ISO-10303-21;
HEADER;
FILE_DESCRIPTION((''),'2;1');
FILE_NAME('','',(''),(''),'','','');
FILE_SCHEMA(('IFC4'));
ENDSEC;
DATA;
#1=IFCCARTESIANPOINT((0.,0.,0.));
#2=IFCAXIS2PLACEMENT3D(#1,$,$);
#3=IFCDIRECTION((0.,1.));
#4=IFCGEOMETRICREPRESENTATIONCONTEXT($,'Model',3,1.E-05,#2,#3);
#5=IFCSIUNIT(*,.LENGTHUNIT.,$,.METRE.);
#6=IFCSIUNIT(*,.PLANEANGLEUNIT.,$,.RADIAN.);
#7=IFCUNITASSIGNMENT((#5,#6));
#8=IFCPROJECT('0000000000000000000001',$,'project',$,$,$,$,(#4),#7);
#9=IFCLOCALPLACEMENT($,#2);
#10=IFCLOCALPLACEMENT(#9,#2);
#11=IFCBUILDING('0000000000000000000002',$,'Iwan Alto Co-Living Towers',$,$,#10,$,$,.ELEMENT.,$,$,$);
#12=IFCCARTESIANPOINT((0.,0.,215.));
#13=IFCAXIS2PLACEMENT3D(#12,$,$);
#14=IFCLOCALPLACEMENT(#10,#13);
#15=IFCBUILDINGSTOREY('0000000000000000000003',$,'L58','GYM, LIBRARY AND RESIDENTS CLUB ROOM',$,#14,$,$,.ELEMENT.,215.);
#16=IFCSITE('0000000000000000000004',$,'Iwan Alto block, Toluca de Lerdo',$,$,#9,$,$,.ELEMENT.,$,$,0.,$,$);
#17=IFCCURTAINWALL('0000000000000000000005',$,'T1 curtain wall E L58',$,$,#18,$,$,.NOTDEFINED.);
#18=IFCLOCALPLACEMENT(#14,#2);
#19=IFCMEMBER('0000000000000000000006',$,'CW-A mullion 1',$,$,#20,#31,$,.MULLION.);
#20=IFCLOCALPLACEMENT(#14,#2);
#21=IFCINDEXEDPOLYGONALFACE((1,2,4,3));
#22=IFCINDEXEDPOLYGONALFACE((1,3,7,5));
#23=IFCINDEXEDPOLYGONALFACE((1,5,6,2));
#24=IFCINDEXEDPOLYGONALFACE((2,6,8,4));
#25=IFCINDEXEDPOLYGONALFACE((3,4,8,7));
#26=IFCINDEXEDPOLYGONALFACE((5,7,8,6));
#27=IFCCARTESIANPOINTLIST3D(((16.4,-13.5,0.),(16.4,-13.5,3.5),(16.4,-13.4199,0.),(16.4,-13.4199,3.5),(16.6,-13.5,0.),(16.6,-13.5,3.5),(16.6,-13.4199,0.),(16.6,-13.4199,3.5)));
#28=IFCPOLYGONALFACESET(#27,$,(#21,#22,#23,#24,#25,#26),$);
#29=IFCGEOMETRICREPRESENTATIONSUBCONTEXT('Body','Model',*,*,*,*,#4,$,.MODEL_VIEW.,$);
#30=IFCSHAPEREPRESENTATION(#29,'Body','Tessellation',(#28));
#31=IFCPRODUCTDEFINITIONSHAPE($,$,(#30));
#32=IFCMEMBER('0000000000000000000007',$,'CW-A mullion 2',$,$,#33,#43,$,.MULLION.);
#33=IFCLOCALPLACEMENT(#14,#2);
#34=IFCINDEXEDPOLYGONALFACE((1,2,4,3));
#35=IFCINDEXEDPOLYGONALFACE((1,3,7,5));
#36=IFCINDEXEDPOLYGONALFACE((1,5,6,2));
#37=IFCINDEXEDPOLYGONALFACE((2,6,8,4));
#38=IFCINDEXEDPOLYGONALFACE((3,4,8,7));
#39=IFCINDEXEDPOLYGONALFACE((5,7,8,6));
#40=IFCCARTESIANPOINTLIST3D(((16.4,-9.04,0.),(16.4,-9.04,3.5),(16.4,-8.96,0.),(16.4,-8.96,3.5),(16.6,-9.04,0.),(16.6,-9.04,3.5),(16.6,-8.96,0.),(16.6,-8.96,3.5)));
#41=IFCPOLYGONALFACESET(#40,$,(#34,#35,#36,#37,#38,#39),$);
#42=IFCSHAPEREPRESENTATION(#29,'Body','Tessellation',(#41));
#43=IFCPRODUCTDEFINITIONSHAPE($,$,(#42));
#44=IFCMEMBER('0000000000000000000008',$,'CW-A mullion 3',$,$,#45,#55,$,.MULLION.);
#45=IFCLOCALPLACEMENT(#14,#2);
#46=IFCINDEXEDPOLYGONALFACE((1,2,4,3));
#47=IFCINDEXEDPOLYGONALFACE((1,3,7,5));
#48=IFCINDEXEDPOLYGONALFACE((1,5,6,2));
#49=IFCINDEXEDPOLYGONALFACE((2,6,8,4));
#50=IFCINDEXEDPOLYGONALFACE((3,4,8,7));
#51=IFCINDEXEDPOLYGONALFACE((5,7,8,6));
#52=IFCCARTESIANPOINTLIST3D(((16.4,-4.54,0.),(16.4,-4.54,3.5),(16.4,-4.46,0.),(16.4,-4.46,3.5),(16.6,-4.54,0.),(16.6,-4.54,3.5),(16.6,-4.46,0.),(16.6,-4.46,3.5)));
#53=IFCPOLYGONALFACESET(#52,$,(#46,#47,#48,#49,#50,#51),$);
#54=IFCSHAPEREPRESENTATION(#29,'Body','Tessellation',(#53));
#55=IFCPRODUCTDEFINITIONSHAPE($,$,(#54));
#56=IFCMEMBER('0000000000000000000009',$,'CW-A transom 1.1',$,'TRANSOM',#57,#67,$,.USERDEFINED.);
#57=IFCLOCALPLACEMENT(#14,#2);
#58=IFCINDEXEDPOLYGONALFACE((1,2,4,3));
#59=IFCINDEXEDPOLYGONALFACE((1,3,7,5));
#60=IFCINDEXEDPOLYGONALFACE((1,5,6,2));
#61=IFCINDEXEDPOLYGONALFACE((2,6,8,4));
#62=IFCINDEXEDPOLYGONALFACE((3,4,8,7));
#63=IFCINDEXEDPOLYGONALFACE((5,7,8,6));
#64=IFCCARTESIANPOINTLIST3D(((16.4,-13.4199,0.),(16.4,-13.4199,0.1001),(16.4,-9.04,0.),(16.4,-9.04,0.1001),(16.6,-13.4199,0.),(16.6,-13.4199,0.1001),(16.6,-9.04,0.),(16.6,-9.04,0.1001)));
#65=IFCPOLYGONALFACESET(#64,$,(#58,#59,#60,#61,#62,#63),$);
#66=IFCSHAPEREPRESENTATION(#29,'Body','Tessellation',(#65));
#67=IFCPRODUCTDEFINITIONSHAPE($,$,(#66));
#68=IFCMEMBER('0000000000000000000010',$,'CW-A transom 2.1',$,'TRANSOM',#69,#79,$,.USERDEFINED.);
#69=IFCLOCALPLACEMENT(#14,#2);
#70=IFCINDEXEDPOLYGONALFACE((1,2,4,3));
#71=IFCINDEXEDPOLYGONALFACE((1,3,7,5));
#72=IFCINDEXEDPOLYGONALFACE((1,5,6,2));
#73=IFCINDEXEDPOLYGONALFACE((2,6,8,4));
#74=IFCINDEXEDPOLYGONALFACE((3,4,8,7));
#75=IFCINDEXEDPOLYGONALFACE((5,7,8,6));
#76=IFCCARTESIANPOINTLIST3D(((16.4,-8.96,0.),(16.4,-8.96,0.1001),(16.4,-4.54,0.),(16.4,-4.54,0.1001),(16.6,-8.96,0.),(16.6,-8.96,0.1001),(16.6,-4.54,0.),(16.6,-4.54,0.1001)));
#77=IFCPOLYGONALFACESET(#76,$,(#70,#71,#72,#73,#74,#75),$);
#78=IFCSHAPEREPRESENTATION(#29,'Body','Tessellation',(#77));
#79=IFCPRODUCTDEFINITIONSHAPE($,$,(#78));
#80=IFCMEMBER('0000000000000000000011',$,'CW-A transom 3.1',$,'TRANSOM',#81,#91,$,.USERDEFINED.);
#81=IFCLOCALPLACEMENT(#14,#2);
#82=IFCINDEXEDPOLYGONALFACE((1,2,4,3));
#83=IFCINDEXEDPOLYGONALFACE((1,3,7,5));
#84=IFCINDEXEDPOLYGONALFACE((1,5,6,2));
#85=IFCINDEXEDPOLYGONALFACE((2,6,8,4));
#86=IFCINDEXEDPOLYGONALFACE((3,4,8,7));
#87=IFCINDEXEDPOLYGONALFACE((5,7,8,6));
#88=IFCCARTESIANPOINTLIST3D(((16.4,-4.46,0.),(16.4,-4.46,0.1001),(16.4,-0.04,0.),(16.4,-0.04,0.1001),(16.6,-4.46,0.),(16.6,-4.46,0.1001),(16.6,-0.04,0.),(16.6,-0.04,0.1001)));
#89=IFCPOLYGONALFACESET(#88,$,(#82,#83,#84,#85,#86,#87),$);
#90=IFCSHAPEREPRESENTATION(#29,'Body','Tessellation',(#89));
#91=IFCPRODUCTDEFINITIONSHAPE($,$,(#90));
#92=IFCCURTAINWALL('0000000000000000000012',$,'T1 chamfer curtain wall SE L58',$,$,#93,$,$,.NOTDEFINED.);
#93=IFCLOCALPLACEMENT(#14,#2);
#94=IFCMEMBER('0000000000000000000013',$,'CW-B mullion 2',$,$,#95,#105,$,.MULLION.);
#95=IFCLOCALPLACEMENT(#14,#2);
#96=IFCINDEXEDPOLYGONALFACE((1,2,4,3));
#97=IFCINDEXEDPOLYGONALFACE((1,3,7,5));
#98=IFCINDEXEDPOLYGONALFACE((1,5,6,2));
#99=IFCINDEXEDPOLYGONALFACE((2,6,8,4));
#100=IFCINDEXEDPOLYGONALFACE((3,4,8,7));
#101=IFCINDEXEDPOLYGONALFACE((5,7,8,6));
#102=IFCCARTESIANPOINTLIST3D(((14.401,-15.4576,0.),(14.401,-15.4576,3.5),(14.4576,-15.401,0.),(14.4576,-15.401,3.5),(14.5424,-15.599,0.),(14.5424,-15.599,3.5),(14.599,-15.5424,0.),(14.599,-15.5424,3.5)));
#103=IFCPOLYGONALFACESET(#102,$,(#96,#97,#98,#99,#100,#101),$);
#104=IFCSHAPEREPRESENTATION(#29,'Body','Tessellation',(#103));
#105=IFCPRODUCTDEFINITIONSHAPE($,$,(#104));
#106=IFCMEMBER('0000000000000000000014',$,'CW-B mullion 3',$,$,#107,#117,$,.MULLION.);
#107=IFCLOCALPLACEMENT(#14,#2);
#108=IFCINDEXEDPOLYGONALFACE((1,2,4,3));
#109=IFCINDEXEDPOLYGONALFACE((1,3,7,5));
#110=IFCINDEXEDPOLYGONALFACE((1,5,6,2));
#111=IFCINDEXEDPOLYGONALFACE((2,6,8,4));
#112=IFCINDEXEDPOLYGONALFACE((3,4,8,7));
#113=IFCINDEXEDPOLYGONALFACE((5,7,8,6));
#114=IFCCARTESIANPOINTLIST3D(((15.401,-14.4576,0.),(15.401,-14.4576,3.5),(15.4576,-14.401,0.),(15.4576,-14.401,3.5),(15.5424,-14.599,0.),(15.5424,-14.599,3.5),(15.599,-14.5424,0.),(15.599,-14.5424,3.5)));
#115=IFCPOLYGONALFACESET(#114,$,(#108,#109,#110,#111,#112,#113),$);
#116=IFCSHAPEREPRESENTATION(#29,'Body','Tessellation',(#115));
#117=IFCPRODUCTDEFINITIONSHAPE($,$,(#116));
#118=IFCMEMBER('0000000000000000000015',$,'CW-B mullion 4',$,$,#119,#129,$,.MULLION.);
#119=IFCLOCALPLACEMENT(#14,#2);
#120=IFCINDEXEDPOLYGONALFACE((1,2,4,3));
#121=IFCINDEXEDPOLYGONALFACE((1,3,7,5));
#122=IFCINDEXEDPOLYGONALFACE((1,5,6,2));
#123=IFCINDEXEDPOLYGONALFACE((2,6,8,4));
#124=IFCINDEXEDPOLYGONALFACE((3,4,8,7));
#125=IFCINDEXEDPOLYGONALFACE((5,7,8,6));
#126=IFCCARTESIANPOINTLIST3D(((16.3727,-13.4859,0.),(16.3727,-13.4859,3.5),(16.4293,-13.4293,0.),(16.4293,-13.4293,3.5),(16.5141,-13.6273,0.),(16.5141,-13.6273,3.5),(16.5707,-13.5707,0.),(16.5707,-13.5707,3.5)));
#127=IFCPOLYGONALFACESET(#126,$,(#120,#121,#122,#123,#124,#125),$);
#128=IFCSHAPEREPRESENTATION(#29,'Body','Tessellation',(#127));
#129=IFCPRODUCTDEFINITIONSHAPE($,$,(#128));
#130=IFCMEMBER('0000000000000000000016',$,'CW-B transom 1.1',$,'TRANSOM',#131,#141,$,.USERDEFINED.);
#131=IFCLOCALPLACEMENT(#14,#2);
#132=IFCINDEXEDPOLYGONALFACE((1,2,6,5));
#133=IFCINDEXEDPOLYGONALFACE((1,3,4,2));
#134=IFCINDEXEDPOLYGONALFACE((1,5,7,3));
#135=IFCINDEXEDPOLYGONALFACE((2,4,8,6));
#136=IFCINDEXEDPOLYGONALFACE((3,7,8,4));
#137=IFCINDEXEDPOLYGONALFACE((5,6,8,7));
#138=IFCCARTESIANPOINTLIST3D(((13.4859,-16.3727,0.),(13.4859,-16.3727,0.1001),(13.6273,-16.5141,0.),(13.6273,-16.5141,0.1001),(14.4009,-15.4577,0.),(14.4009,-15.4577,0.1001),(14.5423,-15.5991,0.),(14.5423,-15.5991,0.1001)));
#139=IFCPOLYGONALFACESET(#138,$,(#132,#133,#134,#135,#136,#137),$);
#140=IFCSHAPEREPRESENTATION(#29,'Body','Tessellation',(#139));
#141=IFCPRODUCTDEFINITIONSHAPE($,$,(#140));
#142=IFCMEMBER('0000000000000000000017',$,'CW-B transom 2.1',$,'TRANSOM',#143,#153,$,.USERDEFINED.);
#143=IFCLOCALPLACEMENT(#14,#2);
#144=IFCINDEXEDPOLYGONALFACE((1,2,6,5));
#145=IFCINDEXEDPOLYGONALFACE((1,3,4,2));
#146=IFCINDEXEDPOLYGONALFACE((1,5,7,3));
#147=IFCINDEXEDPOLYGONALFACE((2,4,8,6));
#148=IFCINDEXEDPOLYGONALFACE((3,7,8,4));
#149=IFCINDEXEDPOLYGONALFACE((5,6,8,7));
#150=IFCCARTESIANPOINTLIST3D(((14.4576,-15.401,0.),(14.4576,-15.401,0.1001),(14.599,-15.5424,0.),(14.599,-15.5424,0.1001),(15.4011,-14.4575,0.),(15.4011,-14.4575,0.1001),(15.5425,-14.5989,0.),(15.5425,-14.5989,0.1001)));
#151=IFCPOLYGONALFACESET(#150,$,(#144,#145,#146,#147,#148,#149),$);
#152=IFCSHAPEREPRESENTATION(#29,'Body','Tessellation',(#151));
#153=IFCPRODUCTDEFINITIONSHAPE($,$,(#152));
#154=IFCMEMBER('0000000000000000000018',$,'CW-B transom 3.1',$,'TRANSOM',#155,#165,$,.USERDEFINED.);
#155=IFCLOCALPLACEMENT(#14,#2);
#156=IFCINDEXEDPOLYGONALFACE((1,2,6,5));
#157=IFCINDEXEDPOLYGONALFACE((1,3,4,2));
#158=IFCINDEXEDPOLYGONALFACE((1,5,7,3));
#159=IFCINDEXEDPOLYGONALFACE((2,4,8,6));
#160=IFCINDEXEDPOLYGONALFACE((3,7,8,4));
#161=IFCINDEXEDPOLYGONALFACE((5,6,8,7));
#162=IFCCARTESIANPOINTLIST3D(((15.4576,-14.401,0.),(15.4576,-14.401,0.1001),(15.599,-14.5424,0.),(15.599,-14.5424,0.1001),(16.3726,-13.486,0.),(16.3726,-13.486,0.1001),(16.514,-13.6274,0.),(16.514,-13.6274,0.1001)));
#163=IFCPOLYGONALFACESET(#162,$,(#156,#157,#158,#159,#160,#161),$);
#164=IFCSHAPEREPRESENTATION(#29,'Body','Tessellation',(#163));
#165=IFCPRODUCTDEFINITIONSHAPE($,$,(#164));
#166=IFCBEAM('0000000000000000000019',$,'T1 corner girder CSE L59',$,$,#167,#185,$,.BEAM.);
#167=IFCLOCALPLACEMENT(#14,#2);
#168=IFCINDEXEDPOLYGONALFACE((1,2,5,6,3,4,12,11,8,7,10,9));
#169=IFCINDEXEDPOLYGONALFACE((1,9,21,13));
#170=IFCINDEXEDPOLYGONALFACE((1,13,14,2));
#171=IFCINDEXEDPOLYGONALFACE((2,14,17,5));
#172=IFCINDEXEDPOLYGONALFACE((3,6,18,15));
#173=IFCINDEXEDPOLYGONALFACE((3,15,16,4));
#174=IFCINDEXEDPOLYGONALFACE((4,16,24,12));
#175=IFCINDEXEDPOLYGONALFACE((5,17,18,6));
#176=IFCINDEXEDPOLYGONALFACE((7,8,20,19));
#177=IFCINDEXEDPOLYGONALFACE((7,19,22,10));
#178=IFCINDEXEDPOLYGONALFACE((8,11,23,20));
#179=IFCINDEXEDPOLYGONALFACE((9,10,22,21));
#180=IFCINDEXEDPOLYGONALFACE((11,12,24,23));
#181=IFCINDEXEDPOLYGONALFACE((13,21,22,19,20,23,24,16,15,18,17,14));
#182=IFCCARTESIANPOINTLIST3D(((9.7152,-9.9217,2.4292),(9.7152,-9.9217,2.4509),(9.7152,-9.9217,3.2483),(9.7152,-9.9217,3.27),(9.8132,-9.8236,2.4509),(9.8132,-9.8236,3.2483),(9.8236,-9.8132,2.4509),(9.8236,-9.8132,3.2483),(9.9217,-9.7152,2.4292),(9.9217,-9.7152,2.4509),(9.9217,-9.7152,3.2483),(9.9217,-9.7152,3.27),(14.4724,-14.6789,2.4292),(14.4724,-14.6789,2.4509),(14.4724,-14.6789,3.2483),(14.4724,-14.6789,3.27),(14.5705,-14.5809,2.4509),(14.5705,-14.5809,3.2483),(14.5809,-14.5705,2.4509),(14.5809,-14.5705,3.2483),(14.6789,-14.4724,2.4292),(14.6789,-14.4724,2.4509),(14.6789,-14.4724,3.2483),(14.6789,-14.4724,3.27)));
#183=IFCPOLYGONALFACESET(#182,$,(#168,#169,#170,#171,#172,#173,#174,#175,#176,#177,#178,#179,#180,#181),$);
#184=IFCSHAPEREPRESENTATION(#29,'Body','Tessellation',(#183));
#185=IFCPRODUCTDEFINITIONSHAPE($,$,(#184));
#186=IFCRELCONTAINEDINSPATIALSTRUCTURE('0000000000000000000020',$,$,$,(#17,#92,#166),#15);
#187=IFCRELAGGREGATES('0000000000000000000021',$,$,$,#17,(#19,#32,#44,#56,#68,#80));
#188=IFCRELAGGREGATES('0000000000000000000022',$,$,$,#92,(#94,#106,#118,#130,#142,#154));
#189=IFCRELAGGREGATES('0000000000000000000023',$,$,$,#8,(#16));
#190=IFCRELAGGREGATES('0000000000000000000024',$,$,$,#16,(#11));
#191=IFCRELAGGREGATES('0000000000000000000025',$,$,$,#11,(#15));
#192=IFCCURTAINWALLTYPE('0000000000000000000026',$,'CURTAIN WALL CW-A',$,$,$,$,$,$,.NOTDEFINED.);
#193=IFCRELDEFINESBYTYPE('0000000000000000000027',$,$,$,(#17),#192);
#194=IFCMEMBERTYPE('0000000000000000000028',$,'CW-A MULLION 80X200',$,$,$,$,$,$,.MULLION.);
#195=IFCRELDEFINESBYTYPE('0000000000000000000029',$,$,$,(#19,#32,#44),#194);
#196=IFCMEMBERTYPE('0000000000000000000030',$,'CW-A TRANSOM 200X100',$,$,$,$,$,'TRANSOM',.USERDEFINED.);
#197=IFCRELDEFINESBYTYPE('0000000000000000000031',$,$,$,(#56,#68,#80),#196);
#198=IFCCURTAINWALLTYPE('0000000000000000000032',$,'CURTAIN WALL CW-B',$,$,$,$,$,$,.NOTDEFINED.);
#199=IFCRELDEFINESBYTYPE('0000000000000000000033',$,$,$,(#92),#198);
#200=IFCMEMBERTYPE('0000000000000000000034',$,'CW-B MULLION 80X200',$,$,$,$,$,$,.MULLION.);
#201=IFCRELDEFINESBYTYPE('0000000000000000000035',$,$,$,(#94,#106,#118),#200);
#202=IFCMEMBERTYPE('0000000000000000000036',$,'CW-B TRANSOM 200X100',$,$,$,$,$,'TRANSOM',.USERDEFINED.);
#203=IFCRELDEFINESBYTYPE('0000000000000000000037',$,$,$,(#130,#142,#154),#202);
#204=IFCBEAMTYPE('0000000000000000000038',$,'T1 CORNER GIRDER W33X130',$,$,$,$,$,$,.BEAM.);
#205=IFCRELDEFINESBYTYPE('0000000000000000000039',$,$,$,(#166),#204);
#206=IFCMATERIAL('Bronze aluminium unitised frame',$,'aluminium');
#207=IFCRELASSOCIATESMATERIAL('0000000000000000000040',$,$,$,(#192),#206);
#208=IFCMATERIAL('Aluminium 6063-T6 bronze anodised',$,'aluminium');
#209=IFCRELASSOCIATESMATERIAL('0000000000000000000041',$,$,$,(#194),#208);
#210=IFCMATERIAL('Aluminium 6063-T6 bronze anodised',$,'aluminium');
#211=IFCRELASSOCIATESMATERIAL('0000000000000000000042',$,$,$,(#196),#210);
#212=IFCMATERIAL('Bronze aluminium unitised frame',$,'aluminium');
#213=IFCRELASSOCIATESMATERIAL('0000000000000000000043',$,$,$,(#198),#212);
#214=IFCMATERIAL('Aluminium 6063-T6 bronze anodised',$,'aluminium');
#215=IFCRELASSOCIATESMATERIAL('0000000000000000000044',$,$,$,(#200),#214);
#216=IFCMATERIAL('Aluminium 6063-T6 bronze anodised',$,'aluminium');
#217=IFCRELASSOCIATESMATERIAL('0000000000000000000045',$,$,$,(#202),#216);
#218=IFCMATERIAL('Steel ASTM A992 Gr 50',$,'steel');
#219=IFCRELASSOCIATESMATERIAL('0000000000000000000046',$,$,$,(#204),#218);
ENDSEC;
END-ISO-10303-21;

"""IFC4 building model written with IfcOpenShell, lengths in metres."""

from ifc_helpers import new_model, si_unit, direction, frame, origin, origin_2d, place, context, subcontext, project, spatial, rectangle, i_section, extrude, material, material_profile, profile_set, type_object, element, aggregate, save


model = new_model("IFC4")

# Units and contexts
model_context = context("Model", 3, precision=1e-05, world=origin(), true_north=direction((0.0, 1.0)))
body_context = subcontext(model_context, "Body", "Model", "MODEL_VIEW")
ifc_project = project(units=[si_unit("LENGTHUNIT", "METRE"), si_unit("PLANEANGLEUNIT", "RADIAN")], contexts=[model_context])

# Site, building, storey
site_placement = place(None, origin())
site = spatial("IfcSite", under=ifc_project, at=site_placement, Name="Iwan Alto block, Toluca de Lerdo", CompositionType="ELEMENT", RefElevation=0.0)
building_placement = place(site_placement, origin())
building = spatial("IfcBuilding", under=site, at=building_placement, Name="Iwan Alto Co-Living Towers", CompositionType="ELEMENT")
storey_placement = place(building_placement, frame((0.0, 0.0, 215.0)))
storey = spatial("IfcBuildingStorey", under=building, at=storey_placement, Name="L58", Description="GYM, LIBRARY AND RESIDENTS CLUB ROOM", CompositionType="ELEMENT", Elevation=215.0)

# Curtain walls, members
ifc_material_1 = material(Name="Bronze aluminium unitised frame", Category="aluminium")
curtain_wall_type_1 = type_object("IfcCurtainWallType", Name="CURTAIN WALL CW-A", PredefinedType="NOTDEFINED", material=ifc_material_1)
curtain_wall_1_placement = place(storey_placement, origin())
curtain_wall_1 = element("IfcCurtainWall", 1, at=curtain_wall_1_placement, inside=storey, type_object=curtain_wall_type_1, Name="T1 curtain wall E L58", PredefinedType="NOTDEFINED")
ifc_material_2 = material(Name="Aluminium 6063-T6 bronze anodised", Category="aluminium")
ifc_material_profile_1 = material_profile(ifc_material_2, rectangle(XDim=0.2, YDim=0.0801, at=origin_2d()), Name="AL 80X200")
ifc_profile_set_1 = profile_set([ifc_material_profile_1], Name="Aluminium 6063-T6 bronze anodised")
member_type_1 = type_object("IfcMemberType", Name="CW-A MULLION 80X200", PredefinedType="MULLION", material=ifc_profile_set_1)
member_1_placement = place(storey_placement, frame((16.5, -13.46, 0.0), z_axis=(0.0, 0.0, 1.0), x_axis=(-1.0, 0.0, 0.0)))
member_1 = element("IfcMember", 2, at=member_1_placement, type_object=member_type_1, Name="CW-A mullion 1", PredefinedType="MULLION", context=body_context, shape_type="SweptSolid", body=[
    extrude(rectangle(XDim=0.2, YDim=0.0801, at=origin_2d()), origin(), (0.0, 0.0, 1.0), 3.5),
])
member_2_placement = place(storey_placement, frame((16.5, -9.0, 0.0), z_axis=(0.0, 0.0, 1.0), x_axis=(-1.0, 0.0, 0.0)))
member_2 = element("IfcMember", 3, at=member_2_placement, type_object=member_type_1, Name="CW-A mullion 2", PredefinedType="MULLION", context=body_context, shape_type="SweptSolid", body=[
    extrude(rectangle(XDim=0.2, YDim=0.0801, at=origin_2d()), origin(), (0.0, 0.0, 1.0), 3.5),
])
member_3_placement = place(storey_placement, frame((16.5, -4.5, 0.0), z_axis=(0.0, 0.0, 1.0), x_axis=(-1.0, 0.0, 0.0)))
member_3 = element("IfcMember", 4, at=member_3_placement, type_object=member_type_1, Name="CW-A mullion 3", PredefinedType="MULLION", context=body_context, shape_type="SweptSolid", body=[
    extrude(rectangle(XDim=0.2, YDim=0.0801, at=origin_2d()), origin(), (0.0, 0.0, 1.0), 3.5),
])
ifc_material_3 = material(Name="Aluminium 6063-T6 bronze anodised", Category="aluminium")
ifc_material_profile_2 = material_profile(ifc_material_3, rectangle(XDim=0.2, YDim=0.1001, at=origin_2d()), Name="AL 200X100")
ifc_profile_set_2 = profile_set([ifc_material_profile_2], Name="Aluminium 6063-T6 bronze anodised")
member_type_2 = type_object("IfcMemberType", Name="CW-A TRANSOM 200X100", ElementType="TRANSOM", PredefinedType="USERDEFINED", material=ifc_profile_set_2)
member_4_placement = place(storey_placement, frame((16.5, -13.4199, 0.05), z_axis=(0.0, 1.0, 0.0), x_axis=(-1.0, 0.0, 0.0)))
member_4 = element("IfcMember", 5, at=member_4_placement, type_object=member_type_2, Name="CW-A transom 1.1", ObjectType="TRANSOM", PredefinedType="USERDEFINED", context=body_context, shape_type="SweptSolid", body=[
    extrude(rectangle(XDim=0.2, YDim=0.1001, at=origin_2d()), origin(), (0.0, 0.0, 1.0), 4.3799),
])
member_5_placement = place(storey_placement, frame((16.5, -8.96, 0.05), z_axis=(0.0, 1.0, 0.0), x_axis=(-1.0, 0.0, 0.0)))
member_5 = element("IfcMember", 6, at=member_5_placement, type_object=member_type_2, Name="CW-A transom 2.1", ObjectType="TRANSOM", PredefinedType="USERDEFINED", context=body_context, shape_type="SweptSolid", body=[
    extrude(rectangle(XDim=0.2, YDim=0.1001, at=origin_2d()), origin(), (0.0, 0.0, 1.0), 4.4199),
])
member_6_placement = place(storey_placement, frame((16.5, -4.46, 0.05), z_axis=(0.0, 1.0, 0.0), x_axis=(-1.0, 0.0, 0.0)))
member_6 = element("IfcMember", 7, at=member_6_placement, type_object=member_type_2, Name="CW-A transom 3.1", ObjectType="TRANSOM", PredefinedType="USERDEFINED", context=body_context, shape_type="SweptSolid", body=[
    extrude(rectangle(XDim=0.2, YDim=0.1001, at=origin_2d()), origin(), (0.0, 0.0, 1.0), 4.4199),
])
ifc_material_4 = material(Name="Bronze aluminium unitised frame", Category="aluminium")
curtain_wall_type_2 = type_object("IfcCurtainWallType", Name="CURTAIN WALL CW-B", PredefinedType="NOTDEFINED", material=ifc_material_4)
curtain_wall_2_placement = place(storey_placement, origin())
curtain_wall_2 = element("IfcCurtainWall", 8, at=curtain_wall_2_placement, inside=storey, type_object=curtain_wall_type_2, Name="T1 chamfer curtain wall SE L58", PredefinedType="NOTDEFINED")
ifc_material_5 = material(Name="Aluminium 6063-T6 bronze anodised", Category="aluminium")
ifc_material_profile_3 = material_profile(ifc_material_5, rectangle(XDim=0.2, YDim=0.0801, at=origin_2d()), Name="AL 80X200")
ifc_profile_set_3 = profile_set([ifc_material_profile_3], Name="Aluminium 6063-T6 bronze anodised")
member_type_3 = type_object("IfcMemberType", Name="CW-B MULLION 80X200", PredefinedType="MULLION", material=ifc_profile_set_3)
member_7_placement = place(storey_placement, frame((14.5, -15.5, 0.0), z_axis=(0.0, 0.0, 1.0), x_axis=(-0.707107, 0.707107, 0.0)))
member_7 = element("IfcMember", 9, at=member_7_placement, type_object=member_type_3, Name="CW-B mullion 2", PredefinedType="MULLION", context=body_context, shape_type="SweptSolid", body=[
    extrude(rectangle(XDim=0.2, YDim=0.0801, at=origin_2d()), origin(), (0.0, 0.0, 1.0), 3.5),
])
member_8_placement = place(storey_placement, frame((15.5, -14.5, 0.0), z_axis=(0.0, 0.0, 1.0), x_axis=(-0.707107, 0.707107, 0.0)))
member_8 = element("IfcMember", 10, at=member_8_placement, type_object=member_type_3, Name="CW-B mullion 3", PredefinedType="MULLION", context=body_context, shape_type="SweptSolid", body=[
    extrude(rectangle(XDim=0.2, YDim=0.0801, at=origin_2d()), origin(), (0.0, 0.0, 1.0), 3.5),
])
member_9_placement = place(storey_placement, frame((16.4717, -13.5283, 0.0), z_axis=(0.0, 0.0, 1.0), x_axis=(-0.707107, 0.707107, 0.0)))
member_9 = element("IfcMember", 11, at=member_9_placement, type_object=member_type_3, Name="CW-B mullion 4", PredefinedType="MULLION", context=body_context, shape_type="SweptSolid", body=[
    extrude(rectangle(XDim=0.2, YDim=0.0801, at=origin_2d()), origin(), (0.0, 0.0, 1.0), 3.5),
])
ifc_material_6 = material(Name="Aluminium 6063-T6 bronze anodised", Category="aluminium")
ifc_material_profile_4 = material_profile(ifc_material_6, rectangle(XDim=0.2, YDim=0.1001, at=origin_2d()), Name="AL 200X100")
ifc_profile_set_4 = profile_set([ifc_material_profile_4], Name="Aluminium 6063-T6 bronze anodised")
member_type_4 = type_object("IfcMemberType", Name="CW-B TRANSOM 200X100", ElementType="TRANSOM", PredefinedType="USERDEFINED", material=ifc_profile_set_4)
member_10_placement = place(storey_placement, frame((13.5566, -16.4434, 0.05), z_axis=(0.707107, 0.707107, 0.0), x_axis=(-0.707107, 0.707107, 0.0)))
member_10 = element("IfcMember", 12, at=member_10_placement, type_object=member_type_4, Name="CW-B transom 1.1", ObjectType="TRANSOM", PredefinedType="USERDEFINED", context=body_context, shape_type="SweptSolid", body=[
    extrude(rectangle(XDim=0.2, YDim=0.1001, at=origin_2d()), origin(), (0.0, 0.0, 1.0), 1.2939),
])
member_11_placement = place(storey_placement, frame((14.5283, -15.4717, 0.05), z_axis=(0.707107, 0.707107, 0.0), x_axis=(-0.707107, 0.707107, 0.0)))
member_11 = element("IfcMember", 13, at=member_11_placement, type_object=member_type_4, Name="CW-B transom 2.1", ObjectType="TRANSOM", PredefinedType="USERDEFINED", context=body_context, shape_type="SweptSolid", body=[
    extrude(rectangle(XDim=0.2, YDim=0.1001, at=origin_2d()), origin(), (0.0, 0.0, 1.0), 1.3342),
])
member_12_placement = place(storey_placement, frame((15.5283, -14.4717, 0.05), z_axis=(0.707107, 0.707107, 0.0), x_axis=(-0.707107, 0.707107, 0.0)))
member_12 = element("IfcMember", 14, at=member_12_placement, type_object=member_type_4, Name="CW-B transom 3.1", ObjectType="TRANSOM", PredefinedType="USERDEFINED", context=body_context, shape_type="SweptSolid", body=[
    extrude(rectangle(XDim=0.2, YDim=0.1001, at=origin_2d()), origin(), (0.0, 0.0, 1.0), 1.2939),
])

# Beam
ifc_material_7 = material(Name="Steel ASTM A992 Gr 50", Category="steel")
ifc_material_profile_5 = material_profile(ifc_material_7, i_section(OverallWidth=0.292, OverallDepth=0.8408, WebThickness=0.0146, FlangeThickness=0.0217, at=origin_2d()), Name="W33X130")
ifc_profile_set_5 = profile_set([ifc_material_profile_5], Name="Steel ASTM A992 Gr 50")
beam_type_1 = type_object("IfcBeamType", Name="T1 CORNER GIRDER W33X130", PredefinedType="BEAM", material=ifc_profile_set_5)
beam_1_placement = place(storey_placement, frame((14.5757, -14.5757, 2.8496), z_axis=(-0.707107, 0.707107, 0.0), x_axis=(-0.707107, -0.707107, 0.0)))
element("IfcBeam", 15, at=beam_1_placement, inside=storey, type_object=beam_type_1, Name="T1 corner girder CSE L59", PredefinedType="BEAM", context=body_context, shape_type="SweptSolid", body=[
    extrude(i_section(OverallWidth=0.292, OverallDepth=0.8408, WebThickness=0.0146, FlangeThickness=0.0217, at=origin_2d()), origin(), (0.0, 0.0, 1.0), 6.7278),
])

aggregate(curtain_wall_1, [member_1, member_2, member_3, member_4, member_5, member_6])
aggregate(curtain_wall_2, [member_7, member_8, member_9, member_10, member_11, member_12])

save(model, "model.ifc")
